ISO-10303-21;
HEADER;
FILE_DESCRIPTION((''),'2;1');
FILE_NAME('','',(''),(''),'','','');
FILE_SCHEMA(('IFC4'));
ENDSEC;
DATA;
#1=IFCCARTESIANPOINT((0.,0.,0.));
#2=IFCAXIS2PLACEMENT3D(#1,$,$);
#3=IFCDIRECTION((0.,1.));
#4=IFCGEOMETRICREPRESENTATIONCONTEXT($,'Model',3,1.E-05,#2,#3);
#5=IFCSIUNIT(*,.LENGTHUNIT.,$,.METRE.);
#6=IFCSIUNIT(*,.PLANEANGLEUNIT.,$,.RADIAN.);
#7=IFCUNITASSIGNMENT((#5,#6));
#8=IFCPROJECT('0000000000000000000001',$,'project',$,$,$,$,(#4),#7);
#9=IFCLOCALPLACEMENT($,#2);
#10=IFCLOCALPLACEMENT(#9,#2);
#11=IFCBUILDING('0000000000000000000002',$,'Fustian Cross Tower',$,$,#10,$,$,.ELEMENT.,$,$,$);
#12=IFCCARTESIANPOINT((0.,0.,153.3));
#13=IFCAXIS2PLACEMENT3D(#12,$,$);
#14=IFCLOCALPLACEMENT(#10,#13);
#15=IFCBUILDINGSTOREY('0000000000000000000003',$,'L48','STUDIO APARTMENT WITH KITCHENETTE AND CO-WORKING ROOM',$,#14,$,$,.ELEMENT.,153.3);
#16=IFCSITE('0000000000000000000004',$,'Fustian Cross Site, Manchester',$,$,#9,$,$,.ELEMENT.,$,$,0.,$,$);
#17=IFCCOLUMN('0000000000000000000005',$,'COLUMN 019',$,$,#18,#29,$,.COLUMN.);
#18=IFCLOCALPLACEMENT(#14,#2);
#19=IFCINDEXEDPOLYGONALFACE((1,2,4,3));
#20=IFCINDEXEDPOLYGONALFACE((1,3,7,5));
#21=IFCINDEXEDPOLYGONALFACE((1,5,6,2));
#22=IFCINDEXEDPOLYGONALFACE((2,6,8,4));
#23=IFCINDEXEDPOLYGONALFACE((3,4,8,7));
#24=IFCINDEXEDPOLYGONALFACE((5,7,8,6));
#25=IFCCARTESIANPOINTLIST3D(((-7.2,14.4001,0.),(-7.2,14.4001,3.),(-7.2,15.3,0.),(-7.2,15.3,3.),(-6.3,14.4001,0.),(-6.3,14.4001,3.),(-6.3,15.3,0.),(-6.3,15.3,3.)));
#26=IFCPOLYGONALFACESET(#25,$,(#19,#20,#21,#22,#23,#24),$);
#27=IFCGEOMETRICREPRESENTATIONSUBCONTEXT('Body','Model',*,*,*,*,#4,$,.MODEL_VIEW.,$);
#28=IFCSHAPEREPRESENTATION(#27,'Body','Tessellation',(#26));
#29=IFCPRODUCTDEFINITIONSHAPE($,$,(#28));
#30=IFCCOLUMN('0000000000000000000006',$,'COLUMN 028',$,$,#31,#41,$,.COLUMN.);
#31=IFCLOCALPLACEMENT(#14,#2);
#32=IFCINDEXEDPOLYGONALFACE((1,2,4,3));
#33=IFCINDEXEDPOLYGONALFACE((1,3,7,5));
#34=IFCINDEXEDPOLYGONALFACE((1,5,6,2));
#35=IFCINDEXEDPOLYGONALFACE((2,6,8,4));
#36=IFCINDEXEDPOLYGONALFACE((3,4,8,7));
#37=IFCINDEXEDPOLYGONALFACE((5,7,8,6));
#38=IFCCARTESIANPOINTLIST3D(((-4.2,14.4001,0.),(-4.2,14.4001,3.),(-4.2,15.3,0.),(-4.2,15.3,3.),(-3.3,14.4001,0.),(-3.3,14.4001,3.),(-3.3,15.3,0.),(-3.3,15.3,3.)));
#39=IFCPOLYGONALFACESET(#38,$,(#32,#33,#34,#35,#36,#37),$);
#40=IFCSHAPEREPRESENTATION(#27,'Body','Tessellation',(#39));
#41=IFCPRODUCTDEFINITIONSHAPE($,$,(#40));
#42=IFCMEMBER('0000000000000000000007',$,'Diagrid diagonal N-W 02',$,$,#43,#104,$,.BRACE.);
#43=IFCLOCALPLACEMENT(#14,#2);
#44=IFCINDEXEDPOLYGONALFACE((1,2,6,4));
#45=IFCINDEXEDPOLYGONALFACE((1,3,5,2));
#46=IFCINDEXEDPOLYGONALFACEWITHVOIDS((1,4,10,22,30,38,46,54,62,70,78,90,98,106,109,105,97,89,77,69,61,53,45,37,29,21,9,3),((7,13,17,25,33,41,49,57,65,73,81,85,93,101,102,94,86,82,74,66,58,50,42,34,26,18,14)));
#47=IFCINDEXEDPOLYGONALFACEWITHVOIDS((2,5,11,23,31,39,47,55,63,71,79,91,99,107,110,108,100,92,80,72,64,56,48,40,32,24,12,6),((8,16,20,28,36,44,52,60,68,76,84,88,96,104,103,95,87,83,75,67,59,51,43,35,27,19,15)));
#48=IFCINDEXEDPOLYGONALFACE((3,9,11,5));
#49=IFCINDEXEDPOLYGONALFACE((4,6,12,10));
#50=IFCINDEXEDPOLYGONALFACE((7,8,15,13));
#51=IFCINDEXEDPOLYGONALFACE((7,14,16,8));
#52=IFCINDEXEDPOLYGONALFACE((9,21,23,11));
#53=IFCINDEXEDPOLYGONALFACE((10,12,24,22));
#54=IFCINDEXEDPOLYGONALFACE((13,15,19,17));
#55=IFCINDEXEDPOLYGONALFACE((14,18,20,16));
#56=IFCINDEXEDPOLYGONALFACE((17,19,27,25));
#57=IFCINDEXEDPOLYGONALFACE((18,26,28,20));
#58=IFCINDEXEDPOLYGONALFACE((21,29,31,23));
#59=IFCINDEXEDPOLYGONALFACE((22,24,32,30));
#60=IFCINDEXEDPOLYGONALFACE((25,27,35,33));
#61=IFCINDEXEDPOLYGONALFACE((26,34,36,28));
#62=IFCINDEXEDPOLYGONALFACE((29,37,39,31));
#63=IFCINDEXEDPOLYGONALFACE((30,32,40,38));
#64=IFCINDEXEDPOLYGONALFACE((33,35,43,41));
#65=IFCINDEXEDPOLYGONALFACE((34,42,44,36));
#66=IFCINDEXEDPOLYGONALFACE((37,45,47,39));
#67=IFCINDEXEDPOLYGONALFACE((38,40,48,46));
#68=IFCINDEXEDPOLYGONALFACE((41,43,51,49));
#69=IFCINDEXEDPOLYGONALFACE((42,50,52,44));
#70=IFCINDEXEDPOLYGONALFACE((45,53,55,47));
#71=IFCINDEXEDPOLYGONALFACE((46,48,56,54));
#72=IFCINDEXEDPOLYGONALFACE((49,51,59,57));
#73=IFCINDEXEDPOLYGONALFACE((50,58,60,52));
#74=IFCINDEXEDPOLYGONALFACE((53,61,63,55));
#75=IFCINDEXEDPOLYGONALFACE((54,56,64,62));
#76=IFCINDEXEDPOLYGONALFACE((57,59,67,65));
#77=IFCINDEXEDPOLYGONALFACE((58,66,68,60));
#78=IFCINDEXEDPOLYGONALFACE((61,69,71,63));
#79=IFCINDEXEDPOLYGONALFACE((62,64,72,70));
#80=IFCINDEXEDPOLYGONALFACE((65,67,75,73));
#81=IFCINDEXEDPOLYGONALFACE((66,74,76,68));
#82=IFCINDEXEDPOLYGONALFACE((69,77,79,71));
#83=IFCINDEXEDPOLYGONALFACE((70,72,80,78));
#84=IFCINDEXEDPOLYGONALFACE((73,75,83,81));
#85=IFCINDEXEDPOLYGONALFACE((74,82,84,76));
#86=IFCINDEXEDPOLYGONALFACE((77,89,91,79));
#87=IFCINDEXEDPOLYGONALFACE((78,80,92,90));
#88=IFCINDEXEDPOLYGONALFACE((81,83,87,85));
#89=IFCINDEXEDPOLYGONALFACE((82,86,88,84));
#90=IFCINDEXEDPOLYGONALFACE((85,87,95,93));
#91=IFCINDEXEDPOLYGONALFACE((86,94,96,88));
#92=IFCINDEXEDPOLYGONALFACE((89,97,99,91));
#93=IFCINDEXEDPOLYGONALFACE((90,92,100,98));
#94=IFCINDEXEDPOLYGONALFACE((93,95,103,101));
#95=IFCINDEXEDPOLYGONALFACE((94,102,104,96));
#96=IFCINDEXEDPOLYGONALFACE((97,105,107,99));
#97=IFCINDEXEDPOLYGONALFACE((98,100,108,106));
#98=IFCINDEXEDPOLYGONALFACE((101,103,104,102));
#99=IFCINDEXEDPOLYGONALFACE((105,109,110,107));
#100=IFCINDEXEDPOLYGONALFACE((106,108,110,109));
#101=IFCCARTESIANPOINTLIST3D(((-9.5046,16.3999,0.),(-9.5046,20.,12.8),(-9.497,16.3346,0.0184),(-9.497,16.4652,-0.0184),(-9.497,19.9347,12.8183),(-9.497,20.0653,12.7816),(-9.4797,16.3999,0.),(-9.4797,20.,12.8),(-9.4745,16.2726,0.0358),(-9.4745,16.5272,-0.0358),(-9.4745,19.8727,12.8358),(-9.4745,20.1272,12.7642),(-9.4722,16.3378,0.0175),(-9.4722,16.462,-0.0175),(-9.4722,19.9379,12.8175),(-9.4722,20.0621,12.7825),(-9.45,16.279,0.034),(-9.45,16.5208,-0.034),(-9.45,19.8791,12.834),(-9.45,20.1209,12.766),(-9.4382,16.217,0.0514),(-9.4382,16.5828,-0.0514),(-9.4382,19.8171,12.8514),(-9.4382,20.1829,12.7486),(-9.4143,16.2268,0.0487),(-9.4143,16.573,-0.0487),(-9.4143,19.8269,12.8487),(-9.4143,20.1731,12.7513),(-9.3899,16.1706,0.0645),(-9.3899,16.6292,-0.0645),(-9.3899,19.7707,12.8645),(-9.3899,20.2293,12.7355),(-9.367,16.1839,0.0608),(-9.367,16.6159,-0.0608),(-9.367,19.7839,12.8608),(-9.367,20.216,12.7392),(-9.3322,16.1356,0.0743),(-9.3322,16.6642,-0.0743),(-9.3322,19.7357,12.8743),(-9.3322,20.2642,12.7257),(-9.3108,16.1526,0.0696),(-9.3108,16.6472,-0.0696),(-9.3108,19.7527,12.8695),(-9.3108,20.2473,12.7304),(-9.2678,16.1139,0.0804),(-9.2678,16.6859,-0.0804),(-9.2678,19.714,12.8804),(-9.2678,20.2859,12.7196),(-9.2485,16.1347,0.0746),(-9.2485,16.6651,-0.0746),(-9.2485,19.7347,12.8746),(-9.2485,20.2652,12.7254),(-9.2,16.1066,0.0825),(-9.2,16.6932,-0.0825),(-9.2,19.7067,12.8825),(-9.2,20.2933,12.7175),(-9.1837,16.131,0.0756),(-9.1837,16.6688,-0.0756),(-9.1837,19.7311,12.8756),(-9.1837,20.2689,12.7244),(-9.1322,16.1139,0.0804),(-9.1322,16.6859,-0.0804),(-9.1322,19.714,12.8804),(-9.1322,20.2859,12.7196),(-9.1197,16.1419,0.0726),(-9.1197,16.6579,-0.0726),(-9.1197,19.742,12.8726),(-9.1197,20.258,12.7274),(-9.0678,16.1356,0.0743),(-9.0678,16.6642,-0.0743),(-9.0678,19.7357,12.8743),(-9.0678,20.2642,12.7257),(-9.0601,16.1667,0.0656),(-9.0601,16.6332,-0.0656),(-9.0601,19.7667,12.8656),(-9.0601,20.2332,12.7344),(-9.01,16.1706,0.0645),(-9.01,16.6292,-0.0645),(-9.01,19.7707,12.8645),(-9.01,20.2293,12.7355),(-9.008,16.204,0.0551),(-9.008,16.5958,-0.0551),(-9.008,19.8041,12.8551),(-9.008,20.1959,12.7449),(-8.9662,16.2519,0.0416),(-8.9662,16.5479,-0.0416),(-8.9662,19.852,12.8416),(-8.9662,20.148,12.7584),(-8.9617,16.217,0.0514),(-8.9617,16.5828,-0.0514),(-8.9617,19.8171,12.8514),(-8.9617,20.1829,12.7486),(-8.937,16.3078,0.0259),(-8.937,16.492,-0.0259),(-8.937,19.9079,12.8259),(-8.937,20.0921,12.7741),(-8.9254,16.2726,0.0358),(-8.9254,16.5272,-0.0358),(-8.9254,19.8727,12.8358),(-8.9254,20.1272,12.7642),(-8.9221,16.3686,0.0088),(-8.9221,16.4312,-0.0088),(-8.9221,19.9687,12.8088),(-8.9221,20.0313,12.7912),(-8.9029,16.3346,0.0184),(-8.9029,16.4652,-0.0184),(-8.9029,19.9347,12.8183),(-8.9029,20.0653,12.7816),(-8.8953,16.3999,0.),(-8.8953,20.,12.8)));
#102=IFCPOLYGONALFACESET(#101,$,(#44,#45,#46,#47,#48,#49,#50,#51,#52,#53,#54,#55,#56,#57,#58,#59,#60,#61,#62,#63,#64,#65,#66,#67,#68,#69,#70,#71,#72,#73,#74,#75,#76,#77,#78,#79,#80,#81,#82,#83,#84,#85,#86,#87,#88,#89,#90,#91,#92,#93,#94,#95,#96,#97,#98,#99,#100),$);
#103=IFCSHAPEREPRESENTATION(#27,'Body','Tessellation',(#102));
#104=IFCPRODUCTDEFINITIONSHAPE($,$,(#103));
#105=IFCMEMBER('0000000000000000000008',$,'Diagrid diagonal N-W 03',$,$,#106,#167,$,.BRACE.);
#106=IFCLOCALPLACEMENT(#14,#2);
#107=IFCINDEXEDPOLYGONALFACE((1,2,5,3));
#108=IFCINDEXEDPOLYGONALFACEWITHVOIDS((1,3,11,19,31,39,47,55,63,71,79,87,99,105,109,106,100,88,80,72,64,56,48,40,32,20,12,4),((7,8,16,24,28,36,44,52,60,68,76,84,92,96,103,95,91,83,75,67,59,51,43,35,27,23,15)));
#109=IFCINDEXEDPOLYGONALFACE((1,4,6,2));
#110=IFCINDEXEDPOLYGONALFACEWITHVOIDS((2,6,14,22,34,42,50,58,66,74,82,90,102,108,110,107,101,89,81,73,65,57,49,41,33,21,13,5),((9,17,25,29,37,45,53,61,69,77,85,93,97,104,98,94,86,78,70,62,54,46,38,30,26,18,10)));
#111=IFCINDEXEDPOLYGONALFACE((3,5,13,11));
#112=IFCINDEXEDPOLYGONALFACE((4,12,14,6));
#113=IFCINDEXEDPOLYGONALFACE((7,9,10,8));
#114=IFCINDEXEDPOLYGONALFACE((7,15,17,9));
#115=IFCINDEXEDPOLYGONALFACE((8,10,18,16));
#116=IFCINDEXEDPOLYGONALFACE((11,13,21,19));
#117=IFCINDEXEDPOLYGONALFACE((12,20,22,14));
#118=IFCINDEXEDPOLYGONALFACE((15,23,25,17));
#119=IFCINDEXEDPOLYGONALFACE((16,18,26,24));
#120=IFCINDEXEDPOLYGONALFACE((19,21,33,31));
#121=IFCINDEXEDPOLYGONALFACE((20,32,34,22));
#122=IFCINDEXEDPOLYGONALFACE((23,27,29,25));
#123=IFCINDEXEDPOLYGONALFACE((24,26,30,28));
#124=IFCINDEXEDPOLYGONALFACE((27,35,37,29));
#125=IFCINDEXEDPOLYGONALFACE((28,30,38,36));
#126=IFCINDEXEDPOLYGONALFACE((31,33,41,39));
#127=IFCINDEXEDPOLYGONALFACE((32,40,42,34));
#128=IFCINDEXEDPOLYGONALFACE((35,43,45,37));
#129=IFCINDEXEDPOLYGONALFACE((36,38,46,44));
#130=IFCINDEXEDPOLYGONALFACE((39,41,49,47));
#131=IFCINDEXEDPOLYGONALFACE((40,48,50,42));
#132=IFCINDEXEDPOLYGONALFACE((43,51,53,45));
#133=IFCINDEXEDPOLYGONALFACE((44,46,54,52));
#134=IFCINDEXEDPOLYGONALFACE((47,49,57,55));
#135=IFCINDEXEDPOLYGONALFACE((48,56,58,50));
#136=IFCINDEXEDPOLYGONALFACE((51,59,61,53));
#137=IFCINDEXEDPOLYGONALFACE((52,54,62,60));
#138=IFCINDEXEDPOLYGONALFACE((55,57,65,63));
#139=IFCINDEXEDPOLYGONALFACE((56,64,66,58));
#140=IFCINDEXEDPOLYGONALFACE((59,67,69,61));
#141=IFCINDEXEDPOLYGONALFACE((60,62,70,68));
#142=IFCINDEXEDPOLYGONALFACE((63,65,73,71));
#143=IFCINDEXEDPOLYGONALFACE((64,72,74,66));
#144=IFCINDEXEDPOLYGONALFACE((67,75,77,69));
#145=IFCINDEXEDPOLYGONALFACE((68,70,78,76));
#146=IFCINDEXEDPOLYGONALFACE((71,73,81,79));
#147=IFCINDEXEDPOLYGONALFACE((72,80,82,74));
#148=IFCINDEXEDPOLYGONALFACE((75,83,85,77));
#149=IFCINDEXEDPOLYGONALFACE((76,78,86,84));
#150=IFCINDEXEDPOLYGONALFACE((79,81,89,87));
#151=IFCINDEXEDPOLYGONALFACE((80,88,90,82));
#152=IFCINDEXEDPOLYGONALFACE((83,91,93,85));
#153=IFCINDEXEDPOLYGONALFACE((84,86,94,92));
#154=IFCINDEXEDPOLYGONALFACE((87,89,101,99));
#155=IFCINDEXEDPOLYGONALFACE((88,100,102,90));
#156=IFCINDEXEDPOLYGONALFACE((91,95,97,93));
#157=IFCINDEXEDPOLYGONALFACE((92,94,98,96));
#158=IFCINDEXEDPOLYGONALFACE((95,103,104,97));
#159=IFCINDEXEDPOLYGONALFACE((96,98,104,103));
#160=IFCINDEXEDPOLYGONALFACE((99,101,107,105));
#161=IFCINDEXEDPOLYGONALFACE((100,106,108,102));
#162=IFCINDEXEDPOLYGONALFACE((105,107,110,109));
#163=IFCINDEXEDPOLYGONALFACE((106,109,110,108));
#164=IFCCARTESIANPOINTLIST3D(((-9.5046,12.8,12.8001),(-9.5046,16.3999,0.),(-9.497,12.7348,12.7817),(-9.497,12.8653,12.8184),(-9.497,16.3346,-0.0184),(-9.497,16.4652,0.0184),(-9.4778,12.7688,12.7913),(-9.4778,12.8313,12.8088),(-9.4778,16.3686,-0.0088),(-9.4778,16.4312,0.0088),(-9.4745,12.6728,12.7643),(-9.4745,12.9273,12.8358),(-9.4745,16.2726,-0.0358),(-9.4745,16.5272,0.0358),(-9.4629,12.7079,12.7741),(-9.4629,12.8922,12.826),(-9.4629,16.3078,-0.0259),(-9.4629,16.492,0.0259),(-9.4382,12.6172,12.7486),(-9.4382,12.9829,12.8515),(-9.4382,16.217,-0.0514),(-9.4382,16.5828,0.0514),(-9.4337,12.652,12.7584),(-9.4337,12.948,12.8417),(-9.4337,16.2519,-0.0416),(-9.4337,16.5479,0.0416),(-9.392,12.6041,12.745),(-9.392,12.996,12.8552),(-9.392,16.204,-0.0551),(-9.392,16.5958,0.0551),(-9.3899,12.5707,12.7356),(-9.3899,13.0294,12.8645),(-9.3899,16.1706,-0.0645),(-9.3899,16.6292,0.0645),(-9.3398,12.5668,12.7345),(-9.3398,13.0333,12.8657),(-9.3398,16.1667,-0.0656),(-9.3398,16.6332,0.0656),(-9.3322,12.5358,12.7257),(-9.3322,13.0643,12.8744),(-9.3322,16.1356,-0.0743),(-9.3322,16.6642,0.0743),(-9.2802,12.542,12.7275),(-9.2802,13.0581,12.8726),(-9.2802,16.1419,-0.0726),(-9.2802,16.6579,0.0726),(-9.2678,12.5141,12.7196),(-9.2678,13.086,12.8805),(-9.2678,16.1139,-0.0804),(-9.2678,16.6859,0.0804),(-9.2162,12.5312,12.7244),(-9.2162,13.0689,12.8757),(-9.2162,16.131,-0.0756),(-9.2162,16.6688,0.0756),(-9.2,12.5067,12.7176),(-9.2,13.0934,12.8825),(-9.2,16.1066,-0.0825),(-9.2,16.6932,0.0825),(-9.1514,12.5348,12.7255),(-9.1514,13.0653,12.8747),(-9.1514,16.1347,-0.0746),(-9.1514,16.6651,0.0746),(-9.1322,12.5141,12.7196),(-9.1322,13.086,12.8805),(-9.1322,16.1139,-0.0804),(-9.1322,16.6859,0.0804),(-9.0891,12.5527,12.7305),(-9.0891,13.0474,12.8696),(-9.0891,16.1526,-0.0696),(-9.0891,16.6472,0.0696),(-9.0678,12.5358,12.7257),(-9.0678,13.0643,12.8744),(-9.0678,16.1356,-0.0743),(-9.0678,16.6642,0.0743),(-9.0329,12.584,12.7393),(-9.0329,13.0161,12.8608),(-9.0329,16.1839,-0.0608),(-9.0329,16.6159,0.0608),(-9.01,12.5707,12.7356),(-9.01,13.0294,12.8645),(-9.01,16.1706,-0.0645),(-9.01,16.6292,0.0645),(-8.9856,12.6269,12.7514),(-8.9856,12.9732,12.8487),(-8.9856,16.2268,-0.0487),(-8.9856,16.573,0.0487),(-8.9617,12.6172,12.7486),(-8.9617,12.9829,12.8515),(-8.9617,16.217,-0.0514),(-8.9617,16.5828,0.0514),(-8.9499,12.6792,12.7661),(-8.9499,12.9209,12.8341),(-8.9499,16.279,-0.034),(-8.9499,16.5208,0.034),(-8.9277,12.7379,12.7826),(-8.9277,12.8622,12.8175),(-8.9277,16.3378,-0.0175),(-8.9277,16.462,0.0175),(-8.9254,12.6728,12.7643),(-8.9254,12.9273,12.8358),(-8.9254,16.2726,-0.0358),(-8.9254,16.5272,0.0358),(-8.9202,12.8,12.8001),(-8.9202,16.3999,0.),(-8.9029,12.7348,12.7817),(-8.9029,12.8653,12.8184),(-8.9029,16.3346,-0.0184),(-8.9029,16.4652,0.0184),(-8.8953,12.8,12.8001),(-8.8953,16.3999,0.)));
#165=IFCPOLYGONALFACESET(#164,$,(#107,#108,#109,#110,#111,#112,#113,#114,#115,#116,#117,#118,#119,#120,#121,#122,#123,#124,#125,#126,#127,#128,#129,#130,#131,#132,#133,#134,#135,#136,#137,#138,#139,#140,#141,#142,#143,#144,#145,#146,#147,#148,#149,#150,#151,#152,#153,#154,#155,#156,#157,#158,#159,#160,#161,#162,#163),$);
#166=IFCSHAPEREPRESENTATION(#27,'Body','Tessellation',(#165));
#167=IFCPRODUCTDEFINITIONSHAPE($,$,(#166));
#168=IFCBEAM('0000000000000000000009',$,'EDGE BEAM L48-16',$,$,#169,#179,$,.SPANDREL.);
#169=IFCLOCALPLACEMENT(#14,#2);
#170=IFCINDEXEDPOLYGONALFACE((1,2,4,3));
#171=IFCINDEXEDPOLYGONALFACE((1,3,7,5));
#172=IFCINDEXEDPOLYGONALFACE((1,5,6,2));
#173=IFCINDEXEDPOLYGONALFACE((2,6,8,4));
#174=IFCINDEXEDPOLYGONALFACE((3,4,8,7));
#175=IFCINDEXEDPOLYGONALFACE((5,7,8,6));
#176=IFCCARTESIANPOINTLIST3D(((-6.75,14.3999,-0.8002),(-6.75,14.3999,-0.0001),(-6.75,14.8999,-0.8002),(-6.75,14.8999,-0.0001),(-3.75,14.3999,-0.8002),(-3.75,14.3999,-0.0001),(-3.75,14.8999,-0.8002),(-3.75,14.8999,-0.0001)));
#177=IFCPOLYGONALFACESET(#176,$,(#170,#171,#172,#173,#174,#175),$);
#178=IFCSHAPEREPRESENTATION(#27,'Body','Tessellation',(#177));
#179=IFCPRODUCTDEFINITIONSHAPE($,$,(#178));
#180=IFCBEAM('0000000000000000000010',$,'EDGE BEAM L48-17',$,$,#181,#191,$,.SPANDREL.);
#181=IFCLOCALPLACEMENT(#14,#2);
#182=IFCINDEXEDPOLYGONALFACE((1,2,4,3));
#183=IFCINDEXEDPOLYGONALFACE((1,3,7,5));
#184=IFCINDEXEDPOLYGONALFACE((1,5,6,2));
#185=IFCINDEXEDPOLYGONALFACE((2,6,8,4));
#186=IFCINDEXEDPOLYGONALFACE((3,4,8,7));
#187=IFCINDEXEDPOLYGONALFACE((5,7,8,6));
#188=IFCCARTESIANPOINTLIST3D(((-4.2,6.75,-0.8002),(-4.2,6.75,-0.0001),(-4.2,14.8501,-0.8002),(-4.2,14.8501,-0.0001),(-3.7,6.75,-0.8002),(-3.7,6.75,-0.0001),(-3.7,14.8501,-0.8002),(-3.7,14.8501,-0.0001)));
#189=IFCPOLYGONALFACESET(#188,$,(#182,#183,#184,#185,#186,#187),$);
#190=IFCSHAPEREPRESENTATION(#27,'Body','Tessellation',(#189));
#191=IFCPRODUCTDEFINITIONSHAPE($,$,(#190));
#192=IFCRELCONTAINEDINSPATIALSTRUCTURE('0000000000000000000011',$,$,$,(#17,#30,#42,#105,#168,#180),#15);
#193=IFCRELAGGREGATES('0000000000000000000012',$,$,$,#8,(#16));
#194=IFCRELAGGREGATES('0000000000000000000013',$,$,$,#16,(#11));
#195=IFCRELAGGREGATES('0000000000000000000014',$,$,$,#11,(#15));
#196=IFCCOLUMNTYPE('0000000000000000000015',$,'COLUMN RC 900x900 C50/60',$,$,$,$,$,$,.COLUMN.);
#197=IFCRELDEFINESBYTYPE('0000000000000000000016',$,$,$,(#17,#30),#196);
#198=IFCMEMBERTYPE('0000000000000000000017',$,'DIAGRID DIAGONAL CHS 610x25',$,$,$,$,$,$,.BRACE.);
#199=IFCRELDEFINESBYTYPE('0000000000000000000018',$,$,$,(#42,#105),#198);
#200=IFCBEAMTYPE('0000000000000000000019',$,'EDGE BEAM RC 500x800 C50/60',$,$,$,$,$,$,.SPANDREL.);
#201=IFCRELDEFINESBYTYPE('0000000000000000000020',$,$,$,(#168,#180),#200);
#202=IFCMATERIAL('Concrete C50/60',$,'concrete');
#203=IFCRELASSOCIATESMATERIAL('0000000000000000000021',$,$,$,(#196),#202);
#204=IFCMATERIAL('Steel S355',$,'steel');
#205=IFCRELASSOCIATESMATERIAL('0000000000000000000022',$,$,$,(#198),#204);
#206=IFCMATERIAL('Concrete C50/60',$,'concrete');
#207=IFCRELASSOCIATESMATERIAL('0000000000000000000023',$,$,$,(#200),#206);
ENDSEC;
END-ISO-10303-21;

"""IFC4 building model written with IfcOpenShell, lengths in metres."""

from ifc_helpers import new_model, si_unit, direction, frame, origin, origin_2d, place, context, subcontext, project, spatial, rectangle, hollow_circle, extrude, material, material_profile, profile_set, type_object, element, save


model = new_model("IFC4")

# Units and contexts
model_context = context("Model", 3, precision=1e-05, world=origin(), true_north=direction((0.0, 1.0)))
body_context = subcontext(model_context, "Body", "Model", "MODEL_VIEW")
ifc_project = project(units=[si_unit("LENGTHUNIT", "METRE"), si_unit("PLANEANGLEUNIT", "RADIAN")], contexts=[model_context])

# Site, building, storey
site_placement = place(None, origin())
site = spatial("IfcSite", under=ifc_project, at=site_placement, Name="Fustian Cross Site, Manchester", CompositionType="ELEMENT", RefElevation=0.0)
building_placement = place(site_placement, origin())
building = spatial("IfcBuilding", under=site, at=building_placement, Name="Fustian Cross Tower", CompositionType="ELEMENT")
storey_placement = place(building_placement, frame((0.0, 0.0, 153.3)))
storey = spatial("IfcBuildingStorey", under=building, at=storey_placement, Name="L48", Description="STUDIO APARTMENT WITH KITCHENETTE AND CO-WORKING ROOM", CompositionType="ELEMENT", Elevation=153.3)

# Columns
ifc_material_1 = material(Name="Concrete C50/60", Category="concrete")
ifc_material_profile_1 = material_profile(ifc_material_1, rectangle(XDim=0.8999, YDim=0.8999, at=origin_2d()), Name="RC 900x900")
ifc_profile_set_1 = profile_set([ifc_material_profile_1], Name="Concrete C50/60")
column_type = type_object("IfcColumnType", Name="COLUMN RC 900x900 C50/60", PredefinedType="COLUMN", material=ifc_profile_set_1)
for number, where, z_axis, x_axis, name in (
    (1, (-6.75, 14.8501, 0.0), (0.0, 0.0, 1.0), (1.0, 0.0, 0.0), "COLUMN 019"),
    (2, (-3.75, 14.8501, 0.0), (0.0, 0.0, 1.0), (1.0, 0.0, 0.0), "COLUMN 028"),
):
    element("IfcColumn", number, at=place(storey_placement, frame(where, z_axis=z_axis, x_axis=x_axis)), inside=storey, type_object=column_type, Name=name, PredefinedType="COLUMN", context=body_context, shape_type="SweptSolid", body=[
        extrude(rectangle(XDim=0.8999, YDim=0.8999, at=origin_2d()), origin(), (0.0, 0.0, 1.0), 3.0),
    ])

# Members
ifc_material_2 = material(Name="Steel S355", Category="steel")
ifc_material_profile_2 = material_profile(ifc_material_2, hollow_circle(Radius=0.3047, WallThickness=0.0249, at=origin_2d()), Name="CHS 610x25")
ifc_profile_set_2 = profile_set([ifc_material_profile_2], Name="Steel S355")
member_type = type_object("IfcMemberType", Name="DIAGRID DIAGONAL CHS 610x25", PredefinedType="BRACE", material=ifc_profile_set_2)
for number, where, z_axis, x_axis, name in (
    (3, (-9.2, 16.3999, 0.0), (0.0, 0.270751, 0.962649), (-1.0, 0.0, 0.0), "Diagrid diagonal N-W 02"),
    (4, (-9.2, 16.3999, 0.0), (0.0, -0.270734, 0.962654), (1.0, 0.0, 0.0), "Diagrid diagonal N-W 03"),
):
    element("IfcMember", number, at=place(storey_placement, frame(where, z_axis=z_axis, x_axis=x_axis)), inside=storey, type_object=member_type, Name=name, PredefinedType="BRACE", context=body_context, shape_type="SweptSolid", body=[
        extrude(hollow_circle(Radius=0.3047, WallThickness=0.0249, at=origin_2d()), origin(), (0.0, 0.0, 1.0), 13.2966),
    ])

# Beams
ifc_material_3 = material(Name="Concrete C50/60", Category="concrete")
ifc_material_profile_3 = material_profile(ifc_material_3, rectangle(XDim=0.5, YDim=0.8, at=origin_2d()), Name="RC 500x800")
ifc_profile_set_3 = profile_set([ifc_material_profile_3], Name="Concrete C50/60")
beam_type = type_object("IfcBeamType", Name="EDGE BEAM RC 500x800 C50/60", PredefinedType="SPANDREL", material=ifc_profile_set_3)
beam_1_placement = place(storey_placement, frame((-6.75, 14.6499, -0.4001), z_axis=(1.0, 0.0, 0.0), x_axis=(0.0, 1.0, 0.0)))
element("IfcBeam", 5, at=beam_1_placement, inside=storey, type_object=beam_type, Name="EDGE BEAM L48-16", PredefinedType="SPANDREL", context=body_context, shape_type="SweptSolid", body=[
    extrude(rectangle(XDim=0.5, YDim=0.8, at=origin_2d()), origin(), (0.0, 0.0, 1.0), 3.0),
])
beam_2_placement = place(storey_placement, frame((-3.95, 14.8501, -0.4001), z_axis=(0.0, -1.0, 0.0), x_axis=(1.0, 0.0, 0.0)))
element("IfcBeam", 6, at=beam_2_placement, inside=storey, type_object=beam_type, Name="EDGE BEAM L48-17", PredefinedType="SPANDREL", context=body_context, shape_type="SweptSolid", body=[
    extrude(rectangle(XDim=0.5, YDim=0.8, at=origin_2d()), origin(), (0.0, 0.0, 1.0), 8.1001),
])

save(model, "model.ifc")
